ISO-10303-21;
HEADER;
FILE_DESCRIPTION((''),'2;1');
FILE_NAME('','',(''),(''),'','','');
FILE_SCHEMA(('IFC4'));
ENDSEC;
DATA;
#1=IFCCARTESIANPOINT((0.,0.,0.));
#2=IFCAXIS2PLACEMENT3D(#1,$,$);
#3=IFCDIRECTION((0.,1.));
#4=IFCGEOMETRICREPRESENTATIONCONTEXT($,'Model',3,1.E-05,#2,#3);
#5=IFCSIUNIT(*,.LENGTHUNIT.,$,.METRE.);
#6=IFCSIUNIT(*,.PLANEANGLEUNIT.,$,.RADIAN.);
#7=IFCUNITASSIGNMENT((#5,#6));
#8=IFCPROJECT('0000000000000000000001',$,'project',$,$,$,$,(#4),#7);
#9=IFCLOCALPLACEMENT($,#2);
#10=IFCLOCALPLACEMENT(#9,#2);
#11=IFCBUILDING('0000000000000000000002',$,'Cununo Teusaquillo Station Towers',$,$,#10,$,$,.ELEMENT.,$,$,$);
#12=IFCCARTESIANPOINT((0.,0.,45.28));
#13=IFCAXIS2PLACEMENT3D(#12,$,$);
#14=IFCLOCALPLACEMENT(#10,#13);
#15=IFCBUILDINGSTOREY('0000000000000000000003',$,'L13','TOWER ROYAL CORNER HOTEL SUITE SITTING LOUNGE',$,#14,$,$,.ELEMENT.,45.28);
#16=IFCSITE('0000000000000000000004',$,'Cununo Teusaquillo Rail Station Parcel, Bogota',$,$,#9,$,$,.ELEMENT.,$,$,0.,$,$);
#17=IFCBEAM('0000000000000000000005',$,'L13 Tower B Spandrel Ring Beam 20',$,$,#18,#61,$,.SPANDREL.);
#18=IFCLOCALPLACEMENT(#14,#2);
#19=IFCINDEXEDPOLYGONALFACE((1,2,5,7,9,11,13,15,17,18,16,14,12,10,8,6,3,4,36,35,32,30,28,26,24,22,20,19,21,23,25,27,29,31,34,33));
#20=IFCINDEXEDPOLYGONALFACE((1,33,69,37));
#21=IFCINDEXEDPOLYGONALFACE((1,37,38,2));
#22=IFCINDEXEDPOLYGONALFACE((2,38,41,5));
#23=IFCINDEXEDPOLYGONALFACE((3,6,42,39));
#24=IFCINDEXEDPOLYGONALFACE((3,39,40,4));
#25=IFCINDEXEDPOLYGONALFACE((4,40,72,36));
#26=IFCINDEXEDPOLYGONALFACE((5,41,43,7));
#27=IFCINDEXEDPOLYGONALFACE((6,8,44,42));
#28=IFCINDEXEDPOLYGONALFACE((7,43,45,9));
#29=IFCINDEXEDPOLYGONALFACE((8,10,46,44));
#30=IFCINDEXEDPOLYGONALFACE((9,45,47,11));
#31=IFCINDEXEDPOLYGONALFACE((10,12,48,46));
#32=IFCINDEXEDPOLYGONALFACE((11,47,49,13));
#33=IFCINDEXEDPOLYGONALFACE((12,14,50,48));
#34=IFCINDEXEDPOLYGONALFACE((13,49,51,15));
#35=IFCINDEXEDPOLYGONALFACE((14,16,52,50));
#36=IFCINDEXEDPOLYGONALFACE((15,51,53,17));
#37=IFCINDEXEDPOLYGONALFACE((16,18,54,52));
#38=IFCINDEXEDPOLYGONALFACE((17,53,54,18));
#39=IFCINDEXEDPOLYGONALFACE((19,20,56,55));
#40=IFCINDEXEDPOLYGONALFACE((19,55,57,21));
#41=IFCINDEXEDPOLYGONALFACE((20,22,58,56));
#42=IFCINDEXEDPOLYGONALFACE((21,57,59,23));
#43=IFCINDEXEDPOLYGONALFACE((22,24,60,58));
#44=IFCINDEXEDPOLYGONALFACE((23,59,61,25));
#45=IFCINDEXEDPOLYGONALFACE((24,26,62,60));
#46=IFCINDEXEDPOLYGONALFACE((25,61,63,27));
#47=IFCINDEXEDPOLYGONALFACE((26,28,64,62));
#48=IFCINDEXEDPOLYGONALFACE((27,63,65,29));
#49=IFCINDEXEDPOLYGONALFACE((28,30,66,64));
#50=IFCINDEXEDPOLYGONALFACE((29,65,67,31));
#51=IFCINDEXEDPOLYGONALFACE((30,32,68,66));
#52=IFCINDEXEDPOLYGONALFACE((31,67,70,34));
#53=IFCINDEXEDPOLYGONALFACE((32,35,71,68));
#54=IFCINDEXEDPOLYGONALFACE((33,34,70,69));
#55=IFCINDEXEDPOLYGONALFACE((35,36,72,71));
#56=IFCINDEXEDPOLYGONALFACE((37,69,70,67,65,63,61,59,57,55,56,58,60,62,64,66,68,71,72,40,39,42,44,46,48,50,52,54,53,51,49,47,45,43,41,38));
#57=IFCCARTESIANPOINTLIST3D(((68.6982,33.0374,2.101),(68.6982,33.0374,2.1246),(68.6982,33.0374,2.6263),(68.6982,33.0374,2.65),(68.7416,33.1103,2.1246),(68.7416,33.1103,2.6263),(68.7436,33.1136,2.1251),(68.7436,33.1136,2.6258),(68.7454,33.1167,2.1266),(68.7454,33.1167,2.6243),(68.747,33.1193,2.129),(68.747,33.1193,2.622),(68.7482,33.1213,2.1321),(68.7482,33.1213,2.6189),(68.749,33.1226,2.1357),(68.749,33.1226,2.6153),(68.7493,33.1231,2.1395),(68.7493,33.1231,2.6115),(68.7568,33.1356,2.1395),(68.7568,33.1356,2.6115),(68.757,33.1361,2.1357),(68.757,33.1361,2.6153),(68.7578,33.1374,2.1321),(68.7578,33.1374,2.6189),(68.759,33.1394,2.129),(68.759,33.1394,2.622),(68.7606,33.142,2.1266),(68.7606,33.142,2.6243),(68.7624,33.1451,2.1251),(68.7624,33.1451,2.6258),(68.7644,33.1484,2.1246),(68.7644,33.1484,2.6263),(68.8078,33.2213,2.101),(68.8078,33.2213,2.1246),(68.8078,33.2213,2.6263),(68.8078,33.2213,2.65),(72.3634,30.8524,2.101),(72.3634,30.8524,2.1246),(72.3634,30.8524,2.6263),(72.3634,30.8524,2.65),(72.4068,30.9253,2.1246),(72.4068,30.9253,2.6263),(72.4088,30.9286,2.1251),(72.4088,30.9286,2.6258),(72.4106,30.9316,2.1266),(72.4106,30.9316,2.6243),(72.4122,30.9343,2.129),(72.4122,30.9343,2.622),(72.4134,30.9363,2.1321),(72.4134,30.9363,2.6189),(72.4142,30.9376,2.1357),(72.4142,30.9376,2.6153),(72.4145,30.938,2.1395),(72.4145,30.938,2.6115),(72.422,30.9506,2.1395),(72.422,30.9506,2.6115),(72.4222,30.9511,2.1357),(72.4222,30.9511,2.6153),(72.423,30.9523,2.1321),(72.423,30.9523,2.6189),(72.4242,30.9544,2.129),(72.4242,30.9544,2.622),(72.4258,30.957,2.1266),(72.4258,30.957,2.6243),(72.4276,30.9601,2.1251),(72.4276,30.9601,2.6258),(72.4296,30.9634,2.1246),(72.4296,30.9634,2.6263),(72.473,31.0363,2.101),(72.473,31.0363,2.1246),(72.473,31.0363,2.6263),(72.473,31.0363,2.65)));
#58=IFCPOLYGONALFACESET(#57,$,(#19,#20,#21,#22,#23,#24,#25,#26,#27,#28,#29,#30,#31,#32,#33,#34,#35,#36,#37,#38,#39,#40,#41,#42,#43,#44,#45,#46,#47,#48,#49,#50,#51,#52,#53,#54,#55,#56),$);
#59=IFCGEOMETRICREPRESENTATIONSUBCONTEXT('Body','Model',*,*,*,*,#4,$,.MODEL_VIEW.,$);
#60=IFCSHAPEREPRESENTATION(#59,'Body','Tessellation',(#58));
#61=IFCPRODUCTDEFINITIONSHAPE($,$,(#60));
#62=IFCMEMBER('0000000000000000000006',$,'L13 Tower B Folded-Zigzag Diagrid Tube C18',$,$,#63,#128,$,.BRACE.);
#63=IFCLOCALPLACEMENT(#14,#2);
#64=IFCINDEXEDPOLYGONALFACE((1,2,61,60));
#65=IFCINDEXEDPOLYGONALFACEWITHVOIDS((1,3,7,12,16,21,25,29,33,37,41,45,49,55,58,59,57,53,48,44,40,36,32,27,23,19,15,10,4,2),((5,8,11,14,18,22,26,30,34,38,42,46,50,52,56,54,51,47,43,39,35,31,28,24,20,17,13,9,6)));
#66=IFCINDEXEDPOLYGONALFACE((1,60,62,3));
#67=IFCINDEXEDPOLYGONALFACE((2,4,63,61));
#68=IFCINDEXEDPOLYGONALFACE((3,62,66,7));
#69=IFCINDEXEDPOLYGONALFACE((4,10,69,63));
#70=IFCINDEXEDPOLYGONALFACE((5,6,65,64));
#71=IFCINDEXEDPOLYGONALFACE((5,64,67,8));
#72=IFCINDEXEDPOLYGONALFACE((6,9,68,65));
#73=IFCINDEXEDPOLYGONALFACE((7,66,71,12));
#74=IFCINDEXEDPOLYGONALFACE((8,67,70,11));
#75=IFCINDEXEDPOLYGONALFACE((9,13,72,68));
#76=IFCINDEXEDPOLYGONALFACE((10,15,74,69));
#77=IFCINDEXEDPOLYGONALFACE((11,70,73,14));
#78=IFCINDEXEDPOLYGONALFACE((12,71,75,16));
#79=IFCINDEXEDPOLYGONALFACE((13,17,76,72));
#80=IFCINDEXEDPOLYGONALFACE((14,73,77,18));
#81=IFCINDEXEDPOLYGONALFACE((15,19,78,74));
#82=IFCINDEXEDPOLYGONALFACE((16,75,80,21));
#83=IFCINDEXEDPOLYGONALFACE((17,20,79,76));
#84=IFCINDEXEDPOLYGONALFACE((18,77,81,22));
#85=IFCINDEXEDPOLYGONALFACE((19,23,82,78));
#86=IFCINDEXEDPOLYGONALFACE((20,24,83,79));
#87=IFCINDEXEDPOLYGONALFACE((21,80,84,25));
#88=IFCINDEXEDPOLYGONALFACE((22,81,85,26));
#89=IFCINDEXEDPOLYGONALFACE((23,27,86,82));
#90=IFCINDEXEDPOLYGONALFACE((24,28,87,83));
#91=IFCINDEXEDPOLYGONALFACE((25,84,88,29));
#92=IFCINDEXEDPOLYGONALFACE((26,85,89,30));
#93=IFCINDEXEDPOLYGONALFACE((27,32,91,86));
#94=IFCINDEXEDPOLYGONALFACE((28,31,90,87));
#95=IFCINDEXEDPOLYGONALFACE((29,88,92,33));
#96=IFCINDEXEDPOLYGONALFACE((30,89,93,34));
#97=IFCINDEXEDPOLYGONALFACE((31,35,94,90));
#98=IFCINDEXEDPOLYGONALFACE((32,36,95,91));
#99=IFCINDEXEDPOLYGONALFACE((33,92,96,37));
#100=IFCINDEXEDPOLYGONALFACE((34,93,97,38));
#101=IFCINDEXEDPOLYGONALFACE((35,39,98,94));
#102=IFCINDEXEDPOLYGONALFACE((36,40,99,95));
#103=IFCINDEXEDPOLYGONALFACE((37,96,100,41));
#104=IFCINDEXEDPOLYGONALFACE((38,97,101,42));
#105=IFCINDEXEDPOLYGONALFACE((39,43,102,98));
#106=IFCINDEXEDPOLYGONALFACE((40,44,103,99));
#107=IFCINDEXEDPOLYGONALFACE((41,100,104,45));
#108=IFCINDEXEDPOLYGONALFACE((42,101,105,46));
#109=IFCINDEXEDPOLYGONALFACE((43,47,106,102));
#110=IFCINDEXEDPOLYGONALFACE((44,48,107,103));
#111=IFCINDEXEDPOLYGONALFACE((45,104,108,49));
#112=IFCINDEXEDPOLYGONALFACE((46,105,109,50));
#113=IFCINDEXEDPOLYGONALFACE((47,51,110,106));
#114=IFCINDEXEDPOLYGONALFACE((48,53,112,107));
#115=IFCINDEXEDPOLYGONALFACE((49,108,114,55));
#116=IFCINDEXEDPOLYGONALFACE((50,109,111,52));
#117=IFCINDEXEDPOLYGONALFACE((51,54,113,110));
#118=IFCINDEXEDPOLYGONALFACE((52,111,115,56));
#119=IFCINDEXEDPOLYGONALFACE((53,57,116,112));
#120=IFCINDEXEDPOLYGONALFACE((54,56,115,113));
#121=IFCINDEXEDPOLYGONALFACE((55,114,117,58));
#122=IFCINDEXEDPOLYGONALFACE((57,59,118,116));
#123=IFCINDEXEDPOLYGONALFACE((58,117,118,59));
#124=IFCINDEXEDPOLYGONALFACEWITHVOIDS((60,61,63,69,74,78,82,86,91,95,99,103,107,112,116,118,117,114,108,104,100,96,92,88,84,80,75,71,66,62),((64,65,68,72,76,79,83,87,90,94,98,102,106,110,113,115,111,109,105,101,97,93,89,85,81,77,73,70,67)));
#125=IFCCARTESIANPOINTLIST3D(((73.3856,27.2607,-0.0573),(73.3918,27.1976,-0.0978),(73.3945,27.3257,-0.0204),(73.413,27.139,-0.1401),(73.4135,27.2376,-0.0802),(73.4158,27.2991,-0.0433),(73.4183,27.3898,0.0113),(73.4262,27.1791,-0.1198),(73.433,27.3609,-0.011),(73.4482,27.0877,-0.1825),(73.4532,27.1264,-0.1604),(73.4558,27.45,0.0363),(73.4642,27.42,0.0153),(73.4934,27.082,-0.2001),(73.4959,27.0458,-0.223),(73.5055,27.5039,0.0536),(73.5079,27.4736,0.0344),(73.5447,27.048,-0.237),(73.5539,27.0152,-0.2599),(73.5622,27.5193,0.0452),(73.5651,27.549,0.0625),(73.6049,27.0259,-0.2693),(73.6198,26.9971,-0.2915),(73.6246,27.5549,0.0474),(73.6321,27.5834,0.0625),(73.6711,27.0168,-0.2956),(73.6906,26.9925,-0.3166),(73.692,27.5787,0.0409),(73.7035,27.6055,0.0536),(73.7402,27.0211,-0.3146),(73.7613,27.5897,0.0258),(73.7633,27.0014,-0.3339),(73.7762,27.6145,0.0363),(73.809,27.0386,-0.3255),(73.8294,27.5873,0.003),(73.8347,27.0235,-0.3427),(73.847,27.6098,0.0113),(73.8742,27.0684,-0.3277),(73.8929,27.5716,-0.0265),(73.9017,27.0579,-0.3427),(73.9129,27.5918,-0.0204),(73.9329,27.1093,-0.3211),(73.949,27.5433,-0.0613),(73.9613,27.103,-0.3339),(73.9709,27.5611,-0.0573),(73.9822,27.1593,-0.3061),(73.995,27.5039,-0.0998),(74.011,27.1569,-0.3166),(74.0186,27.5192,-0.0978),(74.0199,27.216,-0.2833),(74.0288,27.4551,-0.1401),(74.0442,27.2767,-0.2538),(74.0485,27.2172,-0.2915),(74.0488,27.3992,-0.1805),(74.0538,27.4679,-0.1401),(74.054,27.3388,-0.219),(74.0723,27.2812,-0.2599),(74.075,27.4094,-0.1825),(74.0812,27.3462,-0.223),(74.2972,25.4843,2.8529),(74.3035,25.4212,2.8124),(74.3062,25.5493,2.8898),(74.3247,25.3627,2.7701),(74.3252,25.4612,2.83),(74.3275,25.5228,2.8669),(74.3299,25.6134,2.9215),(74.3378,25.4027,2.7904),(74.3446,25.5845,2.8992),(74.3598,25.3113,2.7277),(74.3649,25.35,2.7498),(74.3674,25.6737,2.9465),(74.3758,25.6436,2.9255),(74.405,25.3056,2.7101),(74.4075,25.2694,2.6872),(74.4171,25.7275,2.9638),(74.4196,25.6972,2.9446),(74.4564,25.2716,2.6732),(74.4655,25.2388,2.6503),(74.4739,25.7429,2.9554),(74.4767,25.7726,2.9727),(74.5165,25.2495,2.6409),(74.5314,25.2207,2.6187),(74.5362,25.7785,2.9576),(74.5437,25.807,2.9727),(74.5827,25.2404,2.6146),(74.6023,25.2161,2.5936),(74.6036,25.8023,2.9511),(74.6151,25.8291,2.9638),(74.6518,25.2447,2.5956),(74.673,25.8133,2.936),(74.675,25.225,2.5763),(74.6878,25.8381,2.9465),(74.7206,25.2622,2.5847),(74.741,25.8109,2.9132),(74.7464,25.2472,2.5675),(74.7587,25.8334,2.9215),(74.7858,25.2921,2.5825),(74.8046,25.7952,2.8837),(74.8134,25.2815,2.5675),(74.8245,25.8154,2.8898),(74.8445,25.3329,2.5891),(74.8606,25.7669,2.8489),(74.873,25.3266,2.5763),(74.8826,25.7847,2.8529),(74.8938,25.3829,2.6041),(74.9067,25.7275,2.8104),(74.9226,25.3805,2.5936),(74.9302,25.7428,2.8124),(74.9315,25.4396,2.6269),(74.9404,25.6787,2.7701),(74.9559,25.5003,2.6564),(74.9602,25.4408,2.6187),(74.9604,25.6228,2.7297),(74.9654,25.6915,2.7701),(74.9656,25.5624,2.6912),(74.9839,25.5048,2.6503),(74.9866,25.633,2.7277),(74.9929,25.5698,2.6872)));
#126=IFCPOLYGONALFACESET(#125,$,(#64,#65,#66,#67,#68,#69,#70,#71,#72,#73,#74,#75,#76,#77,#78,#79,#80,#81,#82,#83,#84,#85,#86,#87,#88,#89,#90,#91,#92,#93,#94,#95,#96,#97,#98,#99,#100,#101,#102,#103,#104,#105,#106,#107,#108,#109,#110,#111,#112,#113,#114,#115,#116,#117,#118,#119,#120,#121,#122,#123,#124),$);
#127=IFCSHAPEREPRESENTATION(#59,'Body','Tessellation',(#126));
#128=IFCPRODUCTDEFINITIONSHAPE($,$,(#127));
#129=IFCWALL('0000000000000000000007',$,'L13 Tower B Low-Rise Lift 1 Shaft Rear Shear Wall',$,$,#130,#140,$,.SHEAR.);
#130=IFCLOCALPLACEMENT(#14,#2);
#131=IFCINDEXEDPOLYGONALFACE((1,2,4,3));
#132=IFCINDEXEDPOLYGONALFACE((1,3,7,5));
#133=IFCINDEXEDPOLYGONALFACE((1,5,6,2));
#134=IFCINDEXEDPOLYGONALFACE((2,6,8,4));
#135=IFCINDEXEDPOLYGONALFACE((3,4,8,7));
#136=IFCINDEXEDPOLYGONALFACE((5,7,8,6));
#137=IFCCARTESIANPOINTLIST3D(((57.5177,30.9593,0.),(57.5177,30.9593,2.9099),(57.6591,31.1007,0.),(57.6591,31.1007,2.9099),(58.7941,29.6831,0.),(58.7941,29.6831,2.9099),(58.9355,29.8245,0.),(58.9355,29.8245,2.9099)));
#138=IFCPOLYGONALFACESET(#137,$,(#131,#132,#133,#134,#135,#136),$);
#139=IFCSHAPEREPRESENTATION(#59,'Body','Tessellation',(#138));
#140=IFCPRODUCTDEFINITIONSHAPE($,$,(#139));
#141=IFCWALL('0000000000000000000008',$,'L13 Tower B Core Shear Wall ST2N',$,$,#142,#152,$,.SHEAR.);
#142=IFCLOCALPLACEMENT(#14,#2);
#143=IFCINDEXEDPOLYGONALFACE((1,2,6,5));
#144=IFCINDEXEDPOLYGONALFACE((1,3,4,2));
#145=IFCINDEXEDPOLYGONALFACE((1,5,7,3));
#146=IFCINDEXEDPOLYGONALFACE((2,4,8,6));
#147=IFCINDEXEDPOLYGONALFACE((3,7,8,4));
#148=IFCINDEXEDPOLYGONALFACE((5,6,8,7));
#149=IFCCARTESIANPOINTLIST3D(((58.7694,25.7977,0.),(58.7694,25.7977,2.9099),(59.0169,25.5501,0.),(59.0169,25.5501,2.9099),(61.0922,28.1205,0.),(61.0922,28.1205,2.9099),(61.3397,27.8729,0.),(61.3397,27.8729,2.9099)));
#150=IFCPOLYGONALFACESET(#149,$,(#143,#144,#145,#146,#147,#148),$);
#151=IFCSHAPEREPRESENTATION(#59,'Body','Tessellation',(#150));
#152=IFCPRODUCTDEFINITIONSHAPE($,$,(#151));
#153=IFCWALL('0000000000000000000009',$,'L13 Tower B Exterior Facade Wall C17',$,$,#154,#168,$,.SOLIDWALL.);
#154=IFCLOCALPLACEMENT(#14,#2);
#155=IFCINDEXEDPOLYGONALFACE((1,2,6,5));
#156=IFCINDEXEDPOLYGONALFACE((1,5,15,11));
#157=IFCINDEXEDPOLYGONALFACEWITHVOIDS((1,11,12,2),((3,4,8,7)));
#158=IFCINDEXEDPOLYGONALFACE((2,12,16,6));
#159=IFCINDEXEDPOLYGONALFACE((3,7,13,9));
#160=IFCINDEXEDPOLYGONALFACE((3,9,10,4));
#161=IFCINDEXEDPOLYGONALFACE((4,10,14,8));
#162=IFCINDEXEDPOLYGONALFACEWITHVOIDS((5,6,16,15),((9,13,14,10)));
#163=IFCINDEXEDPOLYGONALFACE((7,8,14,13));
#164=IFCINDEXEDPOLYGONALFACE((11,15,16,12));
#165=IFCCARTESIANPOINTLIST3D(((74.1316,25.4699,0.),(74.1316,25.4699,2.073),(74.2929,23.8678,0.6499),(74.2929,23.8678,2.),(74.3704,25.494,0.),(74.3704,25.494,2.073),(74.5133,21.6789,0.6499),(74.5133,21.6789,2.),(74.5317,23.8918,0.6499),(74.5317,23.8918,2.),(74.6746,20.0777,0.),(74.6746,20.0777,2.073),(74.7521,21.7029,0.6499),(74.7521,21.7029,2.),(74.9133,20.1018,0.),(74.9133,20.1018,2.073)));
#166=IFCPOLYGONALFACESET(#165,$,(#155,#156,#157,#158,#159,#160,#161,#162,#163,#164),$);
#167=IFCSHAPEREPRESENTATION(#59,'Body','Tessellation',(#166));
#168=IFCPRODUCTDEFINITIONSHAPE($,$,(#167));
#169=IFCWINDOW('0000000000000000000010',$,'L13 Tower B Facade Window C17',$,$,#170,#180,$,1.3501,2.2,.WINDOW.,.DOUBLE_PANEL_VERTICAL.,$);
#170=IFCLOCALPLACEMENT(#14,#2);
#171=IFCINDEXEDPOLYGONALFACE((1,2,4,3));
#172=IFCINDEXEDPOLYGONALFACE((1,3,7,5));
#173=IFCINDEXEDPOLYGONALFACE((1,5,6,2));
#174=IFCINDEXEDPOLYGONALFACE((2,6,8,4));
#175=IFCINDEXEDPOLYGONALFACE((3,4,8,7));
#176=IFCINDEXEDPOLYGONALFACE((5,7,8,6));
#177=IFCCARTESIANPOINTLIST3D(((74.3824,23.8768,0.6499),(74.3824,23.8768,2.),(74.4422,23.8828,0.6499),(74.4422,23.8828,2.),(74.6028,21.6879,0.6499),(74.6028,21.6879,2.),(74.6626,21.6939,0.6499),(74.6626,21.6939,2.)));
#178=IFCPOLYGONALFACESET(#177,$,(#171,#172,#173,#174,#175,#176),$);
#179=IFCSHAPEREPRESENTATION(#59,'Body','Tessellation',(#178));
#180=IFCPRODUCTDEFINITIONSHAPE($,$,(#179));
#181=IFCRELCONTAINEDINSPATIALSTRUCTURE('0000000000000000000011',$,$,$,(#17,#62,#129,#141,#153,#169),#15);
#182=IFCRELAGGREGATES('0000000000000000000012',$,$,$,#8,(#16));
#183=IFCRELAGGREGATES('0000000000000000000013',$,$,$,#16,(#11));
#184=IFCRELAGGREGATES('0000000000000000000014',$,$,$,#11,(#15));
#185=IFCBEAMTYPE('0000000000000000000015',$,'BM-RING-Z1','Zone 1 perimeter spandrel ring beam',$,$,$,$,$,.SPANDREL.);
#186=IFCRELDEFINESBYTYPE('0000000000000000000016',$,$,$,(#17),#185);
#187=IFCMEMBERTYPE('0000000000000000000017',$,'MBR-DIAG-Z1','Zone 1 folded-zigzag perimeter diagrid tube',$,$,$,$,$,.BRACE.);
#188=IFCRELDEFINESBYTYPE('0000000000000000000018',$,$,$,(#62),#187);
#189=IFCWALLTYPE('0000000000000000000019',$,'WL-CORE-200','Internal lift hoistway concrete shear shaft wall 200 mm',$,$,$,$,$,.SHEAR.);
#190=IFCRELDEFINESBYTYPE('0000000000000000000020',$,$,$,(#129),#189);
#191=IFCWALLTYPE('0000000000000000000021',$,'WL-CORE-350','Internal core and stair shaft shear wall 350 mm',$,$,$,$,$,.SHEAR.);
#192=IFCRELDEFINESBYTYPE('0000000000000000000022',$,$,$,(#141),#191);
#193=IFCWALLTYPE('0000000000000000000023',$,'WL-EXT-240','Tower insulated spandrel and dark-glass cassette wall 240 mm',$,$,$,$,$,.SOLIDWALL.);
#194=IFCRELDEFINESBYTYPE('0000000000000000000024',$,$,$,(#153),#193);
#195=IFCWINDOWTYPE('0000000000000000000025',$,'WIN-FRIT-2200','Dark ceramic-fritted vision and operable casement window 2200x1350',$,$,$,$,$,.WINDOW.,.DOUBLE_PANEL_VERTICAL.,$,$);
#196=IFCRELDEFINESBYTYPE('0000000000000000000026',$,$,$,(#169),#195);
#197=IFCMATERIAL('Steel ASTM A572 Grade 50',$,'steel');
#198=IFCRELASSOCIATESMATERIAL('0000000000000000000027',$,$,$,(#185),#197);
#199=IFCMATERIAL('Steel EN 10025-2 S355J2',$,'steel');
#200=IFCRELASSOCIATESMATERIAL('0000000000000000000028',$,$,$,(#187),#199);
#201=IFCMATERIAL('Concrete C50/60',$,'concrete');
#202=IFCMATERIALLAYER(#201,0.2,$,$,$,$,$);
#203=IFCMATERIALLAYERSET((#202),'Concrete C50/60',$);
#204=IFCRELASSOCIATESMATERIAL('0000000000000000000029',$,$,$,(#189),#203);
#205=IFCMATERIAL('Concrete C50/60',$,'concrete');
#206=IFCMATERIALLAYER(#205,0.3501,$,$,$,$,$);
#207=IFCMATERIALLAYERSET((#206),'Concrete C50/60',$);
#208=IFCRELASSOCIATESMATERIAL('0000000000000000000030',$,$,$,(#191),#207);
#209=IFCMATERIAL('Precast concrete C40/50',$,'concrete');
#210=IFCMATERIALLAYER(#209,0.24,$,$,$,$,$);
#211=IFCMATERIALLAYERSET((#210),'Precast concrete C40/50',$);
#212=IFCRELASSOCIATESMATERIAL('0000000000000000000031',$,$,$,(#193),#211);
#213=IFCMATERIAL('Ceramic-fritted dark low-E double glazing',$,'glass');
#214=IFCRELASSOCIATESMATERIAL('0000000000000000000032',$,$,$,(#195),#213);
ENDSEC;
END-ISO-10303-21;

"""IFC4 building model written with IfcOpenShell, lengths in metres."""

from ifc_helpers import new_model, si_unit, direction, frame, frame_2d, origin, origin_2d, place, context, subcontext, project, spatial, rectangle, hollow_circle, i_section, extrude, source, transform, mapped, material, layer, layer_set, material_profile, profile_set, type_object, element, fill, save


model = new_model("IFC4")

# Units and contexts
model_context = context("Model", 3, precision=1e-05, world=origin(), true_north=direction((0.0, 1.0)))
body_context = subcontext(model_context, "Body", "Model", "MODEL_VIEW")
ifc_project = project(units=[si_unit("LENGTHUNIT", "METRE"), si_unit("PLANEANGLEUNIT", "RADIAN")], contexts=[model_context])

# Site, building, storey
site_placement = place(None, origin())
site = spatial("IfcSite", under=ifc_project, at=site_placement, Name="Cununo Teusaquillo Rail Station Parcel, Bogota", CompositionType="ELEMENT", RefElevation=0.0)
building_placement = place(site_placement, origin())
building = spatial("IfcBuilding", under=site, at=building_placement, Name="Cununo Teusaquillo Station Towers", CompositionType="ELEMENT")
storey_placement = place(building_placement, frame((0.0, 0.0, 45.28)))
storey = spatial("IfcBuildingStorey", under=building, at=storey_placement, Name="L13", Description="TOWER ROYAL CORNER HOTEL SUITE SITTING LOUNGE", CompositionType="ELEMENT", Elevation=45.28)

# Beam
ifc_material_1 = material(Name="Steel ASTM A572 Grade 50", Category="steel")
ifc_material_profile_1 = material_profile(ifc_material_1, i_section(OverallWidth=0.2141, OverallDepth=0.5491, WebThickness=0.0146, FlangeThickness=0.0237, FilletRadius=0.0149, at=origin_2d()), Name="W21X93")
ifc_profile_set_1 = profile_set([ifc_material_profile_1], Name="Steel ASTM A572 Grade 50")
beam_type_1 = type_object("IfcBeamType", Name="BM-RING-Z1", Description="Zone 1 perimeter spandrel ring beam", PredefinedType="SPANDREL", material=ifc_profile_set_1)
beam_1_placement = place(storey_placement, frame((72.4182, 30.9443, 2.3755), z_axis=(-0.858948, 0.512062, 0.0), x_axis=(-0.512062, -0.858948, 0.0)))
element("IfcBeam", 1, at=beam_1_placement, inside=storey, type_object=beam_type_1, Name="L13 Tower B Spandrel Ring Beam 20", PredefinedType="SPANDREL", context=body_context, shape_type="SweptSolid", body=[
    extrude(i_section(OverallWidth=0.2141, OverallDepth=0.5491, WebThickness=0.0146, FlangeThickness=0.0237, FilletRadius=0.0149, at=origin_2d()), origin(), (0.0, 0.0, 1.0), 4.2671),
])

# Member
ifc_material_2 = material(Name="Steel EN 10025-2 S355J2", Category="steel")
ifc_material_profile_2 = material_profile(ifc_material_2, hollow_circle(Radius=0.3601, WallThickness=0.0281, at=origin_2d()), Name="CHS 720x28")
ifc_profile_set_2 = profile_set([ifc_material_profile_2], Name="Steel EN 10025-2 S355J2")
member_type = type_object("IfcMemberType", Name="MBR-DIAG-Z1", Description="Zone 1 folded-zigzag perimeter diagrid tube", PredefinedType="BRACE", material=ifc_profile_set_2)
member_placement = place(storey_placement, frame((73.7334, 27.3035, -0.1401), z_axis=(0.258305, -0.503328, 0.824584), x_axis=(0.889682, 0.45658, 0.0)))
element("IfcMember", 2, at=member_placement, inside=storey, type_object=member_type, Name="L13 Tower B Folded-Zigzag Diagrid Tube C18", PredefinedType="BRACE", context=body_context, shape_type="SweptSolid", body=[
    extrude(hollow_circle(Radius=0.3601, WallThickness=0.0281, at=origin_2d()), origin(), (0.0, 0.0, 1.0), 3.5293),
])

# Walls
ifc_material_3 = material(Name="Concrete C50/60", Category="concrete")
ifc_layer_1 = layer(ifc_material_3, 0.2)
ifc_layer_set_1 = layer_set([ifc_layer_1], Name="Concrete C50/60")
wall_type_1 = type_object("IfcWallType", Name="WL-CORE-200", Description="Internal lift hoistway concrete shear shaft wall 200 mm", PredefinedType="SHEAR", material=ifc_layer_set_1)
wall_1_placement = place(storey_placement, frame((58.8647, 29.7539, 0.0), z_axis=(0.0, 0.0, 1.0), x_axis=(-0.707174, 0.707039, 0.0)))
element("IfcWall", 3, at=wall_1_placement, inside=storey, type_object=wall_type_1, Name="L13 Tower B Low-Rise Lift 1 Shaft Rear Shear Wall", PredefinedType="SHEAR", context=body_context, shape_type="SweptSolid", body=[
    extrude(rectangle(XDim=1.8049, YDim=0.2, at=frame_2d((0.9023, 0.0))), origin(), (0.0, 0.0, 1.0), 2.9099),
])
ifc_material_4 = material(Name="Concrete C50/60", Category="concrete")
ifc_layer_2 = layer(ifc_material_4, 0.3501)
ifc_layer_set_2 = layer_set([ifc_layer_2], Name="Concrete C50/60")
wall_type_2 = type_object("IfcWallType", Name="WL-CORE-350", Description="Internal core and stair shaft shear wall 350 mm", PredefinedType="SHEAR", material=ifc_layer_set_2)
wall_2_placement = place(storey_placement, frame((58.8931, 25.6738, 0.0), z_axis=(0.0, 0.0, 1.0), x_axis=(0.707107, 0.707107, 0.0)))
element("IfcWall", 4, at=wall_2_placement, inside=storey, type_object=wall_type_2, Name="L13 Tower B Core Shear Wall ST2N", PredefinedType="SHEAR", context=body_context, shape_type="SweptSolid", body=[
    extrude(rectangle(XDim=3.2849, YDim=0.3501, at=frame_2d((1.6426, 0.0))), origin(), (0.0, 0.0, 1.0), 2.9099),
])

# Wall, opening, window
ifc_material_5 = material(Name="Precast concrete C40/50", Category="concrete")
ifc_layer_3 = layer(ifc_material_5, 0.24)
ifc_layer_set_3 = layer_set([ifc_layer_3], Name="Precast concrete C40/50")
wall_type_3 = type_object("IfcWallType", Name="WL-EXT-240", Description="Tower insulated spandrel and dark-glass cassette wall 240 mm", PredefinedType="SOLIDWALL", material=ifc_layer_set_3)
wall_3_placement = place(storey_placement, frame((74.251, 25.4819, 0.0), z_axis=(0.0, 0.0, 1.0), x_axis=(0.100191, -0.994968, 0.0)))
wall_3 = element("IfcWall", 5, at=wall_3_placement, inside=storey, type_object=wall_type_3, Name="L13 Tower B Exterior Facade Wall C17", PredefinedType="SOLIDWALL", context=body_context, shape_type="SweptSolid", body=[
    extrude(rectangle(XDim=5.4194, YDim=0.24, at=frame_2d((2.7097, 0.0))), origin(), (0.0, 0.0, 1.0), 2.073),
])
shared_shape_1 = source(origin(), body_context, "Body", "SweptSolid", [
    extrude(rectangle(XDim=2.2, YDim=1.3501, at=frame_2d((1.1001, 0.675))), frame((0.0, 0.1299, 0.0), z_axis=(0.0, -1.0, 0.0), x_axis=(1.0, 0.0, 0.0)), (0.0, 0.0, 1.0), 0.26),
])
opening_1_placement = place(wall_3_placement, frame((1.6101, 0.0, 0.6499)))
opening_1 = element("IfcOpeningElement", 6, at=opening_1_placement, cuts=wall_3, PredefinedType="OPENING", context=body_context, shape_type="MappedRepresentation", body=[
    mapped(shared_shape_1, transform((0.0, 0.0, 0.0), x_axis=(1.0, 0.0, 0.0), y_axis=(0.0, 1.0, 0.0), z_axis=(0.0, 0.0, 1.0), scale=1.0)),
])
ifc_material_6 = material(Name="Ceramic-fritted dark low-E double glazing", Category="glass")
window_type = type_object("IfcWindowType", Name="WIN-FRIT-2200", Description="Dark ceramic-fritted vision and operable casement window 2200x1350", PartitioningType="DOUBLE_PANEL_VERTICAL", PredefinedType="WINDOW", material=ifc_material_6)
shared_shape_2 = source(origin(), body_context, "Body", "SweptSolid", [
    extrude(rectangle(XDim=2.2, YDim=1.3501, at=frame_2d((1.1001, 0.675))), frame((0.0, 0.03, 0.0), z_axis=(0.0, -1.0, 0.0), x_axis=(1.0, 0.0, 0.0)), (0.0, 0.0, 1.0), 0.0601),
])
window_placement = place(opening_1_placement, origin())
window = element("IfcWindow", 7, at=window_placement, inside=storey, type_object=window_type, Name="L13 Tower B Facade Window C17", OverallHeight=1.3501, OverallWidth=2.2, PartitioningType="DOUBLE_PANEL_VERTICAL", PredefinedType="WINDOW", context=body_context, shape_type="MappedRepresentation", body=[
    mapped(shared_shape_2, transform((0.0, 0.0, 0.0), x_axis=(1.0, 0.0, 0.0), y_axis=(0.0, 1.0, 0.0), z_axis=(0.0, 0.0, 1.0), scale=1.0)),
])
fill(opening_1, window)

save(model, "model.ifc")
